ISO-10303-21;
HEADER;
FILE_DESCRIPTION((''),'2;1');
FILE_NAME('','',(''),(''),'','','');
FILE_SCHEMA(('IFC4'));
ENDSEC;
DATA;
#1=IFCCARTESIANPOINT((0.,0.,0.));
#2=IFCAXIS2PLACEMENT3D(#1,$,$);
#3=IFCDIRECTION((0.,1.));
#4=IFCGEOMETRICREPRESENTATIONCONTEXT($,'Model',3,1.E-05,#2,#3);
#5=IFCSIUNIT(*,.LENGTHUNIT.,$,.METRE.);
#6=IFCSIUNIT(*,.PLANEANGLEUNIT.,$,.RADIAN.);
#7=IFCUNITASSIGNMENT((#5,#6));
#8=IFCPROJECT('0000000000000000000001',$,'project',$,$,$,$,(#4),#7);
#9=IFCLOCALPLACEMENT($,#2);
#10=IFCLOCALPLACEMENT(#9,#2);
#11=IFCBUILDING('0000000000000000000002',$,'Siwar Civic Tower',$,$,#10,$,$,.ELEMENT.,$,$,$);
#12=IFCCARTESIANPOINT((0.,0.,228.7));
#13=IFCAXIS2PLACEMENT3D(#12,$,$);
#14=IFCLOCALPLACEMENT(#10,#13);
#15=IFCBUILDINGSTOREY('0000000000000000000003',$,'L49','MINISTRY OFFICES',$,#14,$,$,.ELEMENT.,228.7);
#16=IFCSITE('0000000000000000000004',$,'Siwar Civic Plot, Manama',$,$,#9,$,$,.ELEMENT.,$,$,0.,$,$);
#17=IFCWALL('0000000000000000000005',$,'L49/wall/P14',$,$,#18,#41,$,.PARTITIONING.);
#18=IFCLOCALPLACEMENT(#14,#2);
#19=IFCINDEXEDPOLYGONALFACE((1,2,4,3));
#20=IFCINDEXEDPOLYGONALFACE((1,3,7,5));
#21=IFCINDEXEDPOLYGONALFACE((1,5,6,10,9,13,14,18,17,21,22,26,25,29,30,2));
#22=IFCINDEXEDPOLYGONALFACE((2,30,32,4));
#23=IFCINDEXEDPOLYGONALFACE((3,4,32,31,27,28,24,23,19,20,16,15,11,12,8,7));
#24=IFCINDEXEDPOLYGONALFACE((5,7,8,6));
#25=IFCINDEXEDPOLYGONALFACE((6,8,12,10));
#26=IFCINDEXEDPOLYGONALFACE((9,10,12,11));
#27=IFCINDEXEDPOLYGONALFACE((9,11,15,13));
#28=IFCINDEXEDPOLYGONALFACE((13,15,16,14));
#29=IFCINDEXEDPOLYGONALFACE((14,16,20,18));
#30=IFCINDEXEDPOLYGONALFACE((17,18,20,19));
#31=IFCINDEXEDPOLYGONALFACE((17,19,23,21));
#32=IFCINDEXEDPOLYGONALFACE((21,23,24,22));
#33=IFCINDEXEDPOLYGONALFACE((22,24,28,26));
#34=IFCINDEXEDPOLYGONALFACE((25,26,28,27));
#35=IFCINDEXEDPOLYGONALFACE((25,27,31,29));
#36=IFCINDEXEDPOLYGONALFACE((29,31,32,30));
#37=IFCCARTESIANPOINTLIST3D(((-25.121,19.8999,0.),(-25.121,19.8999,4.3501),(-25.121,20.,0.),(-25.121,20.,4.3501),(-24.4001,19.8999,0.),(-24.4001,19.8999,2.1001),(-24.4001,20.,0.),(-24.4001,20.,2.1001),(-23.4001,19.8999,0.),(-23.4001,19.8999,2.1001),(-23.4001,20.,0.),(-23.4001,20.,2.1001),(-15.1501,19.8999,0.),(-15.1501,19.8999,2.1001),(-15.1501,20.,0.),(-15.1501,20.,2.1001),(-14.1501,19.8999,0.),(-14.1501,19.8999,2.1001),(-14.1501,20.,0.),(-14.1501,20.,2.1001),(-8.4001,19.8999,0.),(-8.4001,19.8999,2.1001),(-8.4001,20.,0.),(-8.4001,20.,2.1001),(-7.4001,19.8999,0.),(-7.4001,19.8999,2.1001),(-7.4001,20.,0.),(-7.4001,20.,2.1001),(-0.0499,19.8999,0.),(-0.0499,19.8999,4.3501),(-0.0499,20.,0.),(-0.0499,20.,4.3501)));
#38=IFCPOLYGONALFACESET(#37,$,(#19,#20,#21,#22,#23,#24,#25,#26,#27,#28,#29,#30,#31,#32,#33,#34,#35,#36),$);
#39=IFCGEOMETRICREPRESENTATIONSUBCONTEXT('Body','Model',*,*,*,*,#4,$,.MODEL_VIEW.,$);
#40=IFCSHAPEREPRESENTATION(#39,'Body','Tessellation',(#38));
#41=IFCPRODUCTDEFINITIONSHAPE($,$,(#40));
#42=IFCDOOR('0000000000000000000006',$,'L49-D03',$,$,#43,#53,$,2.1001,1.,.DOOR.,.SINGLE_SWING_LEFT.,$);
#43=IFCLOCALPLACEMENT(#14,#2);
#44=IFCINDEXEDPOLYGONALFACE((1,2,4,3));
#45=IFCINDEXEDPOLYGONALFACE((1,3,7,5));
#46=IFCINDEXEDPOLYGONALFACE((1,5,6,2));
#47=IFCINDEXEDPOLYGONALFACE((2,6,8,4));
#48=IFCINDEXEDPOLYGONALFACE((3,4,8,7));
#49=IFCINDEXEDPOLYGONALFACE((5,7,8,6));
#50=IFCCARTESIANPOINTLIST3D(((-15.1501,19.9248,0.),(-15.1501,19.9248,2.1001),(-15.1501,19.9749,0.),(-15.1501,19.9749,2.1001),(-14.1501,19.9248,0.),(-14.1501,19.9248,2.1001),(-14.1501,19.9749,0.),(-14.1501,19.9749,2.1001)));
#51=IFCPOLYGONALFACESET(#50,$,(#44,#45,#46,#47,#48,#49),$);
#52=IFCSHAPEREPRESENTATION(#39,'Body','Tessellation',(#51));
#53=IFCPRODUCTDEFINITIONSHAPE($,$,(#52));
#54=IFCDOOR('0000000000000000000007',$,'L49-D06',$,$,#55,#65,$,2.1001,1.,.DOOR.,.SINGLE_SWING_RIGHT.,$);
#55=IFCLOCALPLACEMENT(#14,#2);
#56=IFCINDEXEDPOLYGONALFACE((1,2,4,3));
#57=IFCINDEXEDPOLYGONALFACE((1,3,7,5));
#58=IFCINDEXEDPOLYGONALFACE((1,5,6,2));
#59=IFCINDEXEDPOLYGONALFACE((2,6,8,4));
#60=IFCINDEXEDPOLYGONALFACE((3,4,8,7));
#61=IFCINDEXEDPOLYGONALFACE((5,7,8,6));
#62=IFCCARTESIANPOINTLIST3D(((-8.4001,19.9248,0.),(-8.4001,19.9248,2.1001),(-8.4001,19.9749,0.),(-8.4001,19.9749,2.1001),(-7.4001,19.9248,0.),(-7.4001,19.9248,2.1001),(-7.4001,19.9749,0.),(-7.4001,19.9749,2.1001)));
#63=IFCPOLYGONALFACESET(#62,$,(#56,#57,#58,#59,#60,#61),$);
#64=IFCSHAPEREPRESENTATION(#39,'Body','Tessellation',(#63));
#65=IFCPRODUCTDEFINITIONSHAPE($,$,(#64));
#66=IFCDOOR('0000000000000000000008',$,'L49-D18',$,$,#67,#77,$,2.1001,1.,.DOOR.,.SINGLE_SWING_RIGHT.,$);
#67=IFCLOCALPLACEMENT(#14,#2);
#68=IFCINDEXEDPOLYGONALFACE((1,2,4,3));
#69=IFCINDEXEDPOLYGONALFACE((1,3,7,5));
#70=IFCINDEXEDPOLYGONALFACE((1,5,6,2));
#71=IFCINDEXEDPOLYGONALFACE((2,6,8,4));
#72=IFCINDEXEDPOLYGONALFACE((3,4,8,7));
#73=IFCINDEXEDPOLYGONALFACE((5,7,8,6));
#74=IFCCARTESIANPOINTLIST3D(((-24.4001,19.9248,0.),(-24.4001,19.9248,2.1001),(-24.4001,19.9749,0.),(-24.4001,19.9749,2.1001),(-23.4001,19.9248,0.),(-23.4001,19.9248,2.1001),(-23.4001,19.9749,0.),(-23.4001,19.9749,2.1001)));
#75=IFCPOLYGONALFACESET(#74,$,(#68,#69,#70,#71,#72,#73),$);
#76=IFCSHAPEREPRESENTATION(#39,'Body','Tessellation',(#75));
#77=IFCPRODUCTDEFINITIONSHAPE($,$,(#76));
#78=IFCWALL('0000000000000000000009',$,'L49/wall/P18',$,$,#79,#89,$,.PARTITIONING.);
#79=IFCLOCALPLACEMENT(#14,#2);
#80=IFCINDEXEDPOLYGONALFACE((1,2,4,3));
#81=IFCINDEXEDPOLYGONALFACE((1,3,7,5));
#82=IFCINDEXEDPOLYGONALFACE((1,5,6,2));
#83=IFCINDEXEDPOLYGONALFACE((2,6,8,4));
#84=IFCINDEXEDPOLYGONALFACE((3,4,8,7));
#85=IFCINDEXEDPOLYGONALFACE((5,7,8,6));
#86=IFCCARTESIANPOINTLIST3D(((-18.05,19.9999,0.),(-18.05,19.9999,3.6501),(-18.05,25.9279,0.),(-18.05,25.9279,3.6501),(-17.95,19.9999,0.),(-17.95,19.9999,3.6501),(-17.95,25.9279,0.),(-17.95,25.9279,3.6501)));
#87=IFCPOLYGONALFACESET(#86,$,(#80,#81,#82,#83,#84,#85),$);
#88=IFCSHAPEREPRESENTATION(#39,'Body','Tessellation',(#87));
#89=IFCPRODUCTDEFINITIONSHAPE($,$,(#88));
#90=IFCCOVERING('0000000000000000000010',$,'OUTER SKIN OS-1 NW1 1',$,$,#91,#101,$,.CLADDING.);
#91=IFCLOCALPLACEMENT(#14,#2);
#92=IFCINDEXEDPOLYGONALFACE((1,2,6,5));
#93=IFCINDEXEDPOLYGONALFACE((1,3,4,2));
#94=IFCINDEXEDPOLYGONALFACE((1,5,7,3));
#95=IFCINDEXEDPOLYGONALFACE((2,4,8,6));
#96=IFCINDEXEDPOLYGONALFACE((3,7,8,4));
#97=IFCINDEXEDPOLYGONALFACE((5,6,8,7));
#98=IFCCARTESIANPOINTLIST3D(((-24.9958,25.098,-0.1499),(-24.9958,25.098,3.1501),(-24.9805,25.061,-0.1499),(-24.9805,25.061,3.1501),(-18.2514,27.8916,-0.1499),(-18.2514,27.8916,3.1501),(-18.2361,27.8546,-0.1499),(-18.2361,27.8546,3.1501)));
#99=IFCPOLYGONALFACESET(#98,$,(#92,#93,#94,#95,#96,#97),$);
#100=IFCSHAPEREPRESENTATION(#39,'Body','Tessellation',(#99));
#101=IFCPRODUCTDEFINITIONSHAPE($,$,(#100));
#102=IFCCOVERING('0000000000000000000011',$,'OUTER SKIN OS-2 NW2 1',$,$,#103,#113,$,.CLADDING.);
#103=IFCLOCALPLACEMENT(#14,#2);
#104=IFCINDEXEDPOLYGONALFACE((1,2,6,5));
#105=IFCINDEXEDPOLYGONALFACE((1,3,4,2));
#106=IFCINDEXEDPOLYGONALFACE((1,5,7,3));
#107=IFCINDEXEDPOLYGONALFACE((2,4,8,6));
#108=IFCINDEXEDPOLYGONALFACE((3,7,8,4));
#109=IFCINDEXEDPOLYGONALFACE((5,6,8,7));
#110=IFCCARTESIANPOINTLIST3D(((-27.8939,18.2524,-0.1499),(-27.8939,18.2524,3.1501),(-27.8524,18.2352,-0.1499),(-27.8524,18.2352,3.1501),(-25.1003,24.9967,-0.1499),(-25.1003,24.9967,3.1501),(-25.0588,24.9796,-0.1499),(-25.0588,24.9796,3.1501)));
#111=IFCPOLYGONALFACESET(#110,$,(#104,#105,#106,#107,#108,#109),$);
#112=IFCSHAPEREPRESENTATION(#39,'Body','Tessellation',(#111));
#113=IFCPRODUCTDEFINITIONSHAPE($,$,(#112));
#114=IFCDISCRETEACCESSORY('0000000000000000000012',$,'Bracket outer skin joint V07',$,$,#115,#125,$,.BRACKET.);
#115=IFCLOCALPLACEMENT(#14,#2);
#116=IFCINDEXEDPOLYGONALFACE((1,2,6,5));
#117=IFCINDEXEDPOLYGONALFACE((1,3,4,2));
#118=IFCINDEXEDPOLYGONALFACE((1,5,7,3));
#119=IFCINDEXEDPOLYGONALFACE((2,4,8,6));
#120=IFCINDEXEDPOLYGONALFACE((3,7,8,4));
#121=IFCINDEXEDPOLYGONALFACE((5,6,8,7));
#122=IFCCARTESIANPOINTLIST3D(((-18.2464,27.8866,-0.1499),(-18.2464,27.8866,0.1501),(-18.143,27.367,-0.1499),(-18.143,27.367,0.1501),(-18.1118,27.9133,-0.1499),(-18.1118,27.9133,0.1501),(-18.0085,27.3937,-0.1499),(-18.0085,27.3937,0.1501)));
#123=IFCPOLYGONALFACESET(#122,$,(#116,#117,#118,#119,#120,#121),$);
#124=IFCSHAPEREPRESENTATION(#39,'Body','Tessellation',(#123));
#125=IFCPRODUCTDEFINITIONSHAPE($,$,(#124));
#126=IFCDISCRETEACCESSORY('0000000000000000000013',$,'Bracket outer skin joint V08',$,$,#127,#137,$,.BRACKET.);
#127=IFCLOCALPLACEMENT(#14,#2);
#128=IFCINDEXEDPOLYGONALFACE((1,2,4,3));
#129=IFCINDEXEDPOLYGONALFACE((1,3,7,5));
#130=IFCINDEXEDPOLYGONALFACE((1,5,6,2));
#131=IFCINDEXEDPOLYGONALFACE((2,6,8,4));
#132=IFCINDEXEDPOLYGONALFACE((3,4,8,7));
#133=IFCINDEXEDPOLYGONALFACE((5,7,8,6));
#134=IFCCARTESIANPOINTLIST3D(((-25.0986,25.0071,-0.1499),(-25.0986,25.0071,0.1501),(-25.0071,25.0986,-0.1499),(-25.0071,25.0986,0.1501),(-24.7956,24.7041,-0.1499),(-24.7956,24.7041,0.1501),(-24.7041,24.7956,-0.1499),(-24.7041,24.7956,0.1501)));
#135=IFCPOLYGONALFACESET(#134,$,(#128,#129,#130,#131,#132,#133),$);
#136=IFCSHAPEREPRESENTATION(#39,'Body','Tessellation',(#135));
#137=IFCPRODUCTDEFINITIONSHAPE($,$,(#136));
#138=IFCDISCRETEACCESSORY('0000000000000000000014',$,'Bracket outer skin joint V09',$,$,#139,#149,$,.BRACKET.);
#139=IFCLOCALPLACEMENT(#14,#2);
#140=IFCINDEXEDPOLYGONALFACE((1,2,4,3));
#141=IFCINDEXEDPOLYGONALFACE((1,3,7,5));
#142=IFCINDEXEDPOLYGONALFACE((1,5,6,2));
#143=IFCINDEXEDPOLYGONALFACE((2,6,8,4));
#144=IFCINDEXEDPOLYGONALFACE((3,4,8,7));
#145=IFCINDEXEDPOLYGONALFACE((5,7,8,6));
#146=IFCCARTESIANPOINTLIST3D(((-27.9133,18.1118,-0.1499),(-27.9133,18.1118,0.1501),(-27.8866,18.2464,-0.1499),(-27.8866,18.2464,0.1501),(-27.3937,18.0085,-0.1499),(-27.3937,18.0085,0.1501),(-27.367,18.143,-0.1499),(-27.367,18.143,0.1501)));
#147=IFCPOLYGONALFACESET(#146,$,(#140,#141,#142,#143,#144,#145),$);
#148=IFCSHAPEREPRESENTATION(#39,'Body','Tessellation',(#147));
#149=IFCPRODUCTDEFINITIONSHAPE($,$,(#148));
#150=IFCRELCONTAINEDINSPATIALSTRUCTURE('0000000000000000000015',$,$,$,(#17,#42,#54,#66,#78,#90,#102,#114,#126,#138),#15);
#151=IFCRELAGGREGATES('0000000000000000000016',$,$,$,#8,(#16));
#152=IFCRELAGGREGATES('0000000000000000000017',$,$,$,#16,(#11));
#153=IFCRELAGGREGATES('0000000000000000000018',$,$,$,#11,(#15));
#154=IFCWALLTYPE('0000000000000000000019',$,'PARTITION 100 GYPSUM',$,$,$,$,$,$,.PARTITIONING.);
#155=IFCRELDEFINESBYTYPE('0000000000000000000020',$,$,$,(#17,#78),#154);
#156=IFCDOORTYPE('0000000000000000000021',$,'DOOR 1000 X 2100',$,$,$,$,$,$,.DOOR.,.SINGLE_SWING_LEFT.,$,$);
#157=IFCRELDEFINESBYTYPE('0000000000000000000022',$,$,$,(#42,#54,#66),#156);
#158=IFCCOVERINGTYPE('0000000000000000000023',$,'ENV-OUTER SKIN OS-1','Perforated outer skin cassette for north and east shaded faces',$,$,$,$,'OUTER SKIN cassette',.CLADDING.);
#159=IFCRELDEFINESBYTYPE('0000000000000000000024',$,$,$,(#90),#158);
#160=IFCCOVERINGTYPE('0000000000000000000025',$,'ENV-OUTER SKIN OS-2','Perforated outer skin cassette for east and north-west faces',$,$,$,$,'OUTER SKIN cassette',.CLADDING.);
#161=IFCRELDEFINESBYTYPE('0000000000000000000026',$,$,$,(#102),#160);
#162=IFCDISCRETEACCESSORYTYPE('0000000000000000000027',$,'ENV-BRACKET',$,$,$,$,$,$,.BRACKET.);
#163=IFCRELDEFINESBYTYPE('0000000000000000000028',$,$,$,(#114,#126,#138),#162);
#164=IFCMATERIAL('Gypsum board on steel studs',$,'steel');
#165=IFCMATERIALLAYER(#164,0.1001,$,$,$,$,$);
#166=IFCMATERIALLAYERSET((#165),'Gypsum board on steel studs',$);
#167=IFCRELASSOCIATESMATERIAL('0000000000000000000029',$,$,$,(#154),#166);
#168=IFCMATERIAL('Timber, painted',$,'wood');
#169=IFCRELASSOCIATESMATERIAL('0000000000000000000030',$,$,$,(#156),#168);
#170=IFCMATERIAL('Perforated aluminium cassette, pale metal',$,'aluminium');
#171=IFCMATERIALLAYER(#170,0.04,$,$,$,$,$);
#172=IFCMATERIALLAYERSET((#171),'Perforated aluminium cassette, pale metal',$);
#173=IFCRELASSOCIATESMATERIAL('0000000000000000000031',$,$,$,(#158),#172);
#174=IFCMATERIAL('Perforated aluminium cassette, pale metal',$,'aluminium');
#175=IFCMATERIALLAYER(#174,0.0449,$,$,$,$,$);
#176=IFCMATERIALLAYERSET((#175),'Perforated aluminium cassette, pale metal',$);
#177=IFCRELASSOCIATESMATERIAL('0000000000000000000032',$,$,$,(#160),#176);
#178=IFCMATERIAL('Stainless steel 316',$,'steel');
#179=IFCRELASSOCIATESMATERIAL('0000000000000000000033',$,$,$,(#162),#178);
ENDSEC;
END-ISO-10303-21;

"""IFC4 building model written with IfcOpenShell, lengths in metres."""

from ifc_helpers import new_model, si_unit, direction, frame, frame_2d, origin, origin_2d, place, context, subcontext, project, spatial, rectangle, extrude, material, layer, layer_set, type_object, element, fill, save


model = new_model("IFC4")

# Units and contexts
model_context = context("Model", 3, precision=1e-05, world=origin(), true_north=direction((0.0, 1.0)))
body_context = subcontext(model_context, "Body", "Model", "MODEL_VIEW")
ifc_project = project(units=[si_unit("LENGTHUNIT", "METRE"), si_unit("PLANEANGLEUNIT", "RADIAN")], contexts=[model_context])

# Site, building, storey
site_placement = place(None, origin())
site = spatial("IfcSite", under=ifc_project, at=site_placement, Name="Siwar Civic Plot, Manama", CompositionType="ELEMENT", RefElevation=0.0)
building_placement = place(site_placement, origin())
building = spatial("IfcBuilding", under=site, at=building_placement, Name="Siwar Civic Tower", CompositionType="ELEMENT")
storey_placement = place(building_placement, frame((0.0, 0.0, 228.7)))
storey = spatial("IfcBuildingStorey", under=building, at=storey_placement, Name="L49", Description="MINISTRY OFFICES", CompositionType="ELEMENT", Elevation=228.7)

# Wall, openings, doors
ifc_material_1 = material(Name="Gypsum board on steel studs", Category="steel")
ifc_layer_1 = layer(ifc_material_1, 0.1001)
ifc_layer_set_1 = layer_set([ifc_layer_1], Name="Gypsum board on steel studs")
wall_type = type_object("IfcWallType", Name="PARTITION 100 GYPSUM", PredefinedType="PARTITIONING", material=ifc_layer_set_1)
wall_1_placement = place(storey_placement, frame((-25.1211, 19.95, 0.0), z_axis=(0.0, 0.0, 1.0), x_axis=(1.0, 0.0, 0.0)))
wall_1 = element("IfcWall", 1, at=wall_1_placement, inside=storey, type_object=wall_type, Name="L49/wall/P14", PredefinedType="PARTITIONING", context=body_context, shape_type="SweptSolid", body=[
    extrude(rectangle(XDim=25.071, YDim=0.1001, at=frame_2d((12.5356, 0.0))), origin(), (0.0, 0.0, 1.0), 4.3501),
])
opening_1_placement = place(wall_1_placement, frame((9.9709, 0.0, 0.0)))
opening_1 = element("IfcOpeningElement", 2, at=opening_1_placement, cuts=wall_1, PredefinedType="OPENING", context=body_context, shape_type="SweptSolid", body=[
    extrude(rectangle(XDim=1.0, YDim=2.1001, at=frame_2d((0.5, 1.05))), frame((0.0, 0.0601, 0.0), z_axis=(0.0, -1.0, 0.0), x_axis=(1.0, 0.0, 0.0)), (0.0, 0.0, 1.0), 0.1201),
])
opening_2_placement = place(wall_1_placement, frame((16.7209, 0.0, 0.0)))
opening_2 = element("IfcOpeningElement", 3, at=opening_2_placement, cuts=wall_1, PredefinedType="OPENING", context=body_context, shape_type="SweptSolid", body=[
    extrude(rectangle(XDim=1.0, YDim=2.1001, at=frame_2d((0.5, 1.05))), frame((0.0, 0.0601, 0.0), z_axis=(0.0, -1.0, 0.0), x_axis=(1.0, 0.0, 0.0)), (0.0, 0.0, 1.0), 0.1201),
])
opening_3_placement = place(wall_1_placement, frame((0.7209, 0.0, 0.0)))
opening_3 = element("IfcOpeningElement", 4, at=opening_3_placement, cuts=wall_1, PredefinedType="OPENING", context=body_context, shape_type="SweptSolid", body=[
    extrude(rectangle(XDim=1.0, YDim=2.1001, at=frame_2d((0.5, 1.05))), frame((0.0, 0.0601, 0.0), z_axis=(0.0, -1.0, 0.0), x_axis=(1.0, 0.0, 0.0)), (0.0, 0.0, 1.0), 0.1201),
])
ifc_material_2 = material(Name="Timber, painted", Category="wood")
door_type = type_object("IfcDoorType", Name="DOOR 1000 X 2100", OperationType="SINGLE_SWING_LEFT", PredefinedType="DOOR", material=ifc_material_2)
door_1_placement = place(opening_1_placement, origin())
door_1 = element("IfcDoor", 5, at=door_1_placement, inside=storey, type_object=door_type, Name="L49-D03", OperationType="SINGLE_SWING_LEFT", OverallHeight=2.1001, OverallWidth=1.0, PredefinedType="DOOR", context=body_context, shape_type="SweptSolid", body=[
    extrude(rectangle(XDim=1.0, YDim=2.1001, at=frame_2d((0.5, 1.05))), frame((0.0, 0.0249, 0.0), z_axis=(0.0, -1.0, 0.0), x_axis=(1.0, 0.0, 0.0)), (0.0, 0.0, 1.0), 0.05),
])
fill(opening_1, door_1)
door_2_placement = place(opening_2_placement, origin())
door_2 = element("IfcDoor", 6, at=door_2_placement, inside=storey, type_object=door_type, Name="L49-D06", OperationType="SINGLE_SWING_RIGHT", OverallHeight=2.1001, OverallWidth=1.0, PredefinedType="DOOR", context=body_context, shape_type="SweptSolid", body=[
    extrude(rectangle(XDim=1.0, YDim=2.1001, at=frame_2d((0.5, 1.05))), frame((0.0, 0.0249, 0.0), z_axis=(0.0, -1.0, 0.0), x_axis=(1.0, 0.0, 0.0)), (0.0, 0.0, 1.0), 0.05),
])
fill(opening_2, door_2)
door_3_placement = place(opening_3_placement, origin())
door_3 = element("IfcDoor", 7, at=door_3_placement, inside=storey, type_object=door_type, Name="L49-D18", OperationType="SINGLE_SWING_RIGHT", OverallHeight=2.1001, OverallWidth=1.0, PredefinedType="DOOR", context=body_context, shape_type="SweptSolid", body=[
    extrude(rectangle(XDim=1.0, YDim=2.1001, at=frame_2d((0.5, 1.05))), frame((0.0, 0.0249, 0.0), z_axis=(0.0, -1.0, 0.0), x_axis=(1.0, 0.0, 0.0)), (0.0, 0.0, 1.0), 0.05),
])
fill(opening_3, door_3)

# Wall
wall_2_placement = place(storey_placement, frame((-18.0, 20.0, 0.0), z_axis=(0.0, 0.0, 1.0), x_axis=(0.0, 1.0, 0.0)))
element("IfcWall", 8, at=wall_2_placement, inside=storey, type_object=wall_type, Name="L49/wall/P18", PredefinedType="PARTITIONING", context=body_context, shape_type="SweptSolid", body=[
    extrude(rectangle(XDim=5.928, YDim=0.1001, at=frame_2d((2.9639, 0.0))), origin(), (0.0, 0.0, 1.0), 3.6501),
])

# Coverings
ifc_material_3 = material(Name="Perforated aluminium cassette, pale metal", Category="aluminium")
ifc_layer_2 = layer(ifc_material_3, 0.04)
ifc_layer_set_2 = layer_set([ifc_layer_2], Name="Perforated aluminium cassette, pale metal")
covering_type_1 = type_object("IfcCoveringType", Name="ENV-OUTER SKIN OS-1", Description="Perforated outer skin cassette for north and east shaded faces", ElementType="OUTER SKIN cassette", PredefinedType="CLADDING", material=ifc_layer_set_2)
covering_1_placement = place(storey_placement, frame((-21.616, 26.4763, -0.1499), z_axis=(0.0, 0.0, 1.0), x_axis=(-0.92388, -0.382683, 0.0)))
element("IfcCovering", 9, at=covering_1_placement, inside=storey, type_object=covering_type_1, Name="OUTER SKIN OS-1 NW1 1", PredefinedType="CLADDING", context=body_context, shape_type="SweptSolid", body=[
    extrude(rectangle(XDim=7.3, YDim=0.04, at=origin_2d()), origin(), (0.0, 0.0, 1.0), 3.3),
])
ifc_material_4 = material(Name="Perforated aluminium cassette, pale metal", Category="aluminium")
ifc_layer_3 = layer(ifc_material_4, 0.0449)
ifc_layer_set_3 = layer_set([ifc_layer_3], Name="Perforated aluminium cassette, pale metal")
covering_type_2 = type_object("IfcCoveringType", Name="ENV-OUTER SKIN OS-2", Description="Perforated outer skin cassette for east and north-west faces", ElementType="OUTER SKIN cassette", PredefinedType="CLADDING", material=ifc_layer_set_3)
covering_2_placement = place(storey_placement, frame((-26.4763, 21.616, -0.1499), z_axis=(0.0, 0.0, 1.0), x_axis=(-0.382683, -0.92388, 0.0)))
element("IfcCovering", 10, at=covering_2_placement, inside=storey, type_object=covering_type_2, Name="OUTER SKIN OS-2 NW2 1", PredefinedType="CLADDING", context=body_context, shape_type="SweptSolid", body=[
    extrude(rectangle(XDim=7.3, YDim=0.0449, at=origin_2d()), origin(), (0.0, 0.0, 1.0), 3.3),
])

# Discrete accessories
ifc_material_5 = material(Name="Stainless steel 316", Category="steel")
discrete_accessory_type = type_object("IfcDiscreteAccessoryType", Name="ENV-BRACKET", PredefinedType="BRACKET", material=ifc_material_5)
discrete_accessory_1_placement = place(storey_placement, frame((-18.1274, 27.6401, -0.1499), z_axis=(0.0, 0.0, 1.0), x_axis=(-0.19509, 0.980785, 0.0)))
element("IfcDiscreteAccessory", 11, at=discrete_accessory_1_placement, inside=storey, type_object=discrete_accessory_type, Name="Bracket outer skin joint V07", PredefinedType="BRACKET", context=body_context, shape_type="SweptSolid", body=[
    extrude(rectangle(XDim=0.5298, YDim=0.1372, at=origin_2d()), origin(), (0.0, 0.0, 1.0), 0.3),
])
discrete_accessory_2_placement = place(storey_placement, frame((-24.9014, 24.9014, -0.1499), z_axis=(0.0, 0.0, 1.0), x_axis=(-0.707107, 0.707107, 0.0)))
element("IfcDiscreteAccessory", 12, at=discrete_accessory_2_placement, inside=storey, type_object=discrete_accessory_type, Name="Bracket outer skin joint V08", PredefinedType="BRACKET", context=body_context, shape_type="SweptSolid", body=[
    extrude(rectangle(XDim=0.4285, YDim=0.1294, at=origin_2d()), origin(), (0.0, 0.0, 1.0), 0.3),
])
discrete_accessory_3_placement = place(storey_placement, frame((-27.6401, 18.1274, -0.1499), z_axis=(0.0, 0.0, 1.0), x_axis=(-0.980785, 0.19509, 0.0)))
element("IfcDiscreteAccessory", 13, at=discrete_accessory_3_placement, inside=storey, type_object=discrete_accessory_type, Name="Bracket outer skin joint V09", PredefinedType="BRACKET", context=body_context, shape_type="SweptSolid", body=[
    extrude(rectangle(XDim=0.5298, YDim=0.1372, at=origin_2d()), origin(), (0.0, 0.0, 1.0), 0.3),
])

save(model, "model.ifc")
